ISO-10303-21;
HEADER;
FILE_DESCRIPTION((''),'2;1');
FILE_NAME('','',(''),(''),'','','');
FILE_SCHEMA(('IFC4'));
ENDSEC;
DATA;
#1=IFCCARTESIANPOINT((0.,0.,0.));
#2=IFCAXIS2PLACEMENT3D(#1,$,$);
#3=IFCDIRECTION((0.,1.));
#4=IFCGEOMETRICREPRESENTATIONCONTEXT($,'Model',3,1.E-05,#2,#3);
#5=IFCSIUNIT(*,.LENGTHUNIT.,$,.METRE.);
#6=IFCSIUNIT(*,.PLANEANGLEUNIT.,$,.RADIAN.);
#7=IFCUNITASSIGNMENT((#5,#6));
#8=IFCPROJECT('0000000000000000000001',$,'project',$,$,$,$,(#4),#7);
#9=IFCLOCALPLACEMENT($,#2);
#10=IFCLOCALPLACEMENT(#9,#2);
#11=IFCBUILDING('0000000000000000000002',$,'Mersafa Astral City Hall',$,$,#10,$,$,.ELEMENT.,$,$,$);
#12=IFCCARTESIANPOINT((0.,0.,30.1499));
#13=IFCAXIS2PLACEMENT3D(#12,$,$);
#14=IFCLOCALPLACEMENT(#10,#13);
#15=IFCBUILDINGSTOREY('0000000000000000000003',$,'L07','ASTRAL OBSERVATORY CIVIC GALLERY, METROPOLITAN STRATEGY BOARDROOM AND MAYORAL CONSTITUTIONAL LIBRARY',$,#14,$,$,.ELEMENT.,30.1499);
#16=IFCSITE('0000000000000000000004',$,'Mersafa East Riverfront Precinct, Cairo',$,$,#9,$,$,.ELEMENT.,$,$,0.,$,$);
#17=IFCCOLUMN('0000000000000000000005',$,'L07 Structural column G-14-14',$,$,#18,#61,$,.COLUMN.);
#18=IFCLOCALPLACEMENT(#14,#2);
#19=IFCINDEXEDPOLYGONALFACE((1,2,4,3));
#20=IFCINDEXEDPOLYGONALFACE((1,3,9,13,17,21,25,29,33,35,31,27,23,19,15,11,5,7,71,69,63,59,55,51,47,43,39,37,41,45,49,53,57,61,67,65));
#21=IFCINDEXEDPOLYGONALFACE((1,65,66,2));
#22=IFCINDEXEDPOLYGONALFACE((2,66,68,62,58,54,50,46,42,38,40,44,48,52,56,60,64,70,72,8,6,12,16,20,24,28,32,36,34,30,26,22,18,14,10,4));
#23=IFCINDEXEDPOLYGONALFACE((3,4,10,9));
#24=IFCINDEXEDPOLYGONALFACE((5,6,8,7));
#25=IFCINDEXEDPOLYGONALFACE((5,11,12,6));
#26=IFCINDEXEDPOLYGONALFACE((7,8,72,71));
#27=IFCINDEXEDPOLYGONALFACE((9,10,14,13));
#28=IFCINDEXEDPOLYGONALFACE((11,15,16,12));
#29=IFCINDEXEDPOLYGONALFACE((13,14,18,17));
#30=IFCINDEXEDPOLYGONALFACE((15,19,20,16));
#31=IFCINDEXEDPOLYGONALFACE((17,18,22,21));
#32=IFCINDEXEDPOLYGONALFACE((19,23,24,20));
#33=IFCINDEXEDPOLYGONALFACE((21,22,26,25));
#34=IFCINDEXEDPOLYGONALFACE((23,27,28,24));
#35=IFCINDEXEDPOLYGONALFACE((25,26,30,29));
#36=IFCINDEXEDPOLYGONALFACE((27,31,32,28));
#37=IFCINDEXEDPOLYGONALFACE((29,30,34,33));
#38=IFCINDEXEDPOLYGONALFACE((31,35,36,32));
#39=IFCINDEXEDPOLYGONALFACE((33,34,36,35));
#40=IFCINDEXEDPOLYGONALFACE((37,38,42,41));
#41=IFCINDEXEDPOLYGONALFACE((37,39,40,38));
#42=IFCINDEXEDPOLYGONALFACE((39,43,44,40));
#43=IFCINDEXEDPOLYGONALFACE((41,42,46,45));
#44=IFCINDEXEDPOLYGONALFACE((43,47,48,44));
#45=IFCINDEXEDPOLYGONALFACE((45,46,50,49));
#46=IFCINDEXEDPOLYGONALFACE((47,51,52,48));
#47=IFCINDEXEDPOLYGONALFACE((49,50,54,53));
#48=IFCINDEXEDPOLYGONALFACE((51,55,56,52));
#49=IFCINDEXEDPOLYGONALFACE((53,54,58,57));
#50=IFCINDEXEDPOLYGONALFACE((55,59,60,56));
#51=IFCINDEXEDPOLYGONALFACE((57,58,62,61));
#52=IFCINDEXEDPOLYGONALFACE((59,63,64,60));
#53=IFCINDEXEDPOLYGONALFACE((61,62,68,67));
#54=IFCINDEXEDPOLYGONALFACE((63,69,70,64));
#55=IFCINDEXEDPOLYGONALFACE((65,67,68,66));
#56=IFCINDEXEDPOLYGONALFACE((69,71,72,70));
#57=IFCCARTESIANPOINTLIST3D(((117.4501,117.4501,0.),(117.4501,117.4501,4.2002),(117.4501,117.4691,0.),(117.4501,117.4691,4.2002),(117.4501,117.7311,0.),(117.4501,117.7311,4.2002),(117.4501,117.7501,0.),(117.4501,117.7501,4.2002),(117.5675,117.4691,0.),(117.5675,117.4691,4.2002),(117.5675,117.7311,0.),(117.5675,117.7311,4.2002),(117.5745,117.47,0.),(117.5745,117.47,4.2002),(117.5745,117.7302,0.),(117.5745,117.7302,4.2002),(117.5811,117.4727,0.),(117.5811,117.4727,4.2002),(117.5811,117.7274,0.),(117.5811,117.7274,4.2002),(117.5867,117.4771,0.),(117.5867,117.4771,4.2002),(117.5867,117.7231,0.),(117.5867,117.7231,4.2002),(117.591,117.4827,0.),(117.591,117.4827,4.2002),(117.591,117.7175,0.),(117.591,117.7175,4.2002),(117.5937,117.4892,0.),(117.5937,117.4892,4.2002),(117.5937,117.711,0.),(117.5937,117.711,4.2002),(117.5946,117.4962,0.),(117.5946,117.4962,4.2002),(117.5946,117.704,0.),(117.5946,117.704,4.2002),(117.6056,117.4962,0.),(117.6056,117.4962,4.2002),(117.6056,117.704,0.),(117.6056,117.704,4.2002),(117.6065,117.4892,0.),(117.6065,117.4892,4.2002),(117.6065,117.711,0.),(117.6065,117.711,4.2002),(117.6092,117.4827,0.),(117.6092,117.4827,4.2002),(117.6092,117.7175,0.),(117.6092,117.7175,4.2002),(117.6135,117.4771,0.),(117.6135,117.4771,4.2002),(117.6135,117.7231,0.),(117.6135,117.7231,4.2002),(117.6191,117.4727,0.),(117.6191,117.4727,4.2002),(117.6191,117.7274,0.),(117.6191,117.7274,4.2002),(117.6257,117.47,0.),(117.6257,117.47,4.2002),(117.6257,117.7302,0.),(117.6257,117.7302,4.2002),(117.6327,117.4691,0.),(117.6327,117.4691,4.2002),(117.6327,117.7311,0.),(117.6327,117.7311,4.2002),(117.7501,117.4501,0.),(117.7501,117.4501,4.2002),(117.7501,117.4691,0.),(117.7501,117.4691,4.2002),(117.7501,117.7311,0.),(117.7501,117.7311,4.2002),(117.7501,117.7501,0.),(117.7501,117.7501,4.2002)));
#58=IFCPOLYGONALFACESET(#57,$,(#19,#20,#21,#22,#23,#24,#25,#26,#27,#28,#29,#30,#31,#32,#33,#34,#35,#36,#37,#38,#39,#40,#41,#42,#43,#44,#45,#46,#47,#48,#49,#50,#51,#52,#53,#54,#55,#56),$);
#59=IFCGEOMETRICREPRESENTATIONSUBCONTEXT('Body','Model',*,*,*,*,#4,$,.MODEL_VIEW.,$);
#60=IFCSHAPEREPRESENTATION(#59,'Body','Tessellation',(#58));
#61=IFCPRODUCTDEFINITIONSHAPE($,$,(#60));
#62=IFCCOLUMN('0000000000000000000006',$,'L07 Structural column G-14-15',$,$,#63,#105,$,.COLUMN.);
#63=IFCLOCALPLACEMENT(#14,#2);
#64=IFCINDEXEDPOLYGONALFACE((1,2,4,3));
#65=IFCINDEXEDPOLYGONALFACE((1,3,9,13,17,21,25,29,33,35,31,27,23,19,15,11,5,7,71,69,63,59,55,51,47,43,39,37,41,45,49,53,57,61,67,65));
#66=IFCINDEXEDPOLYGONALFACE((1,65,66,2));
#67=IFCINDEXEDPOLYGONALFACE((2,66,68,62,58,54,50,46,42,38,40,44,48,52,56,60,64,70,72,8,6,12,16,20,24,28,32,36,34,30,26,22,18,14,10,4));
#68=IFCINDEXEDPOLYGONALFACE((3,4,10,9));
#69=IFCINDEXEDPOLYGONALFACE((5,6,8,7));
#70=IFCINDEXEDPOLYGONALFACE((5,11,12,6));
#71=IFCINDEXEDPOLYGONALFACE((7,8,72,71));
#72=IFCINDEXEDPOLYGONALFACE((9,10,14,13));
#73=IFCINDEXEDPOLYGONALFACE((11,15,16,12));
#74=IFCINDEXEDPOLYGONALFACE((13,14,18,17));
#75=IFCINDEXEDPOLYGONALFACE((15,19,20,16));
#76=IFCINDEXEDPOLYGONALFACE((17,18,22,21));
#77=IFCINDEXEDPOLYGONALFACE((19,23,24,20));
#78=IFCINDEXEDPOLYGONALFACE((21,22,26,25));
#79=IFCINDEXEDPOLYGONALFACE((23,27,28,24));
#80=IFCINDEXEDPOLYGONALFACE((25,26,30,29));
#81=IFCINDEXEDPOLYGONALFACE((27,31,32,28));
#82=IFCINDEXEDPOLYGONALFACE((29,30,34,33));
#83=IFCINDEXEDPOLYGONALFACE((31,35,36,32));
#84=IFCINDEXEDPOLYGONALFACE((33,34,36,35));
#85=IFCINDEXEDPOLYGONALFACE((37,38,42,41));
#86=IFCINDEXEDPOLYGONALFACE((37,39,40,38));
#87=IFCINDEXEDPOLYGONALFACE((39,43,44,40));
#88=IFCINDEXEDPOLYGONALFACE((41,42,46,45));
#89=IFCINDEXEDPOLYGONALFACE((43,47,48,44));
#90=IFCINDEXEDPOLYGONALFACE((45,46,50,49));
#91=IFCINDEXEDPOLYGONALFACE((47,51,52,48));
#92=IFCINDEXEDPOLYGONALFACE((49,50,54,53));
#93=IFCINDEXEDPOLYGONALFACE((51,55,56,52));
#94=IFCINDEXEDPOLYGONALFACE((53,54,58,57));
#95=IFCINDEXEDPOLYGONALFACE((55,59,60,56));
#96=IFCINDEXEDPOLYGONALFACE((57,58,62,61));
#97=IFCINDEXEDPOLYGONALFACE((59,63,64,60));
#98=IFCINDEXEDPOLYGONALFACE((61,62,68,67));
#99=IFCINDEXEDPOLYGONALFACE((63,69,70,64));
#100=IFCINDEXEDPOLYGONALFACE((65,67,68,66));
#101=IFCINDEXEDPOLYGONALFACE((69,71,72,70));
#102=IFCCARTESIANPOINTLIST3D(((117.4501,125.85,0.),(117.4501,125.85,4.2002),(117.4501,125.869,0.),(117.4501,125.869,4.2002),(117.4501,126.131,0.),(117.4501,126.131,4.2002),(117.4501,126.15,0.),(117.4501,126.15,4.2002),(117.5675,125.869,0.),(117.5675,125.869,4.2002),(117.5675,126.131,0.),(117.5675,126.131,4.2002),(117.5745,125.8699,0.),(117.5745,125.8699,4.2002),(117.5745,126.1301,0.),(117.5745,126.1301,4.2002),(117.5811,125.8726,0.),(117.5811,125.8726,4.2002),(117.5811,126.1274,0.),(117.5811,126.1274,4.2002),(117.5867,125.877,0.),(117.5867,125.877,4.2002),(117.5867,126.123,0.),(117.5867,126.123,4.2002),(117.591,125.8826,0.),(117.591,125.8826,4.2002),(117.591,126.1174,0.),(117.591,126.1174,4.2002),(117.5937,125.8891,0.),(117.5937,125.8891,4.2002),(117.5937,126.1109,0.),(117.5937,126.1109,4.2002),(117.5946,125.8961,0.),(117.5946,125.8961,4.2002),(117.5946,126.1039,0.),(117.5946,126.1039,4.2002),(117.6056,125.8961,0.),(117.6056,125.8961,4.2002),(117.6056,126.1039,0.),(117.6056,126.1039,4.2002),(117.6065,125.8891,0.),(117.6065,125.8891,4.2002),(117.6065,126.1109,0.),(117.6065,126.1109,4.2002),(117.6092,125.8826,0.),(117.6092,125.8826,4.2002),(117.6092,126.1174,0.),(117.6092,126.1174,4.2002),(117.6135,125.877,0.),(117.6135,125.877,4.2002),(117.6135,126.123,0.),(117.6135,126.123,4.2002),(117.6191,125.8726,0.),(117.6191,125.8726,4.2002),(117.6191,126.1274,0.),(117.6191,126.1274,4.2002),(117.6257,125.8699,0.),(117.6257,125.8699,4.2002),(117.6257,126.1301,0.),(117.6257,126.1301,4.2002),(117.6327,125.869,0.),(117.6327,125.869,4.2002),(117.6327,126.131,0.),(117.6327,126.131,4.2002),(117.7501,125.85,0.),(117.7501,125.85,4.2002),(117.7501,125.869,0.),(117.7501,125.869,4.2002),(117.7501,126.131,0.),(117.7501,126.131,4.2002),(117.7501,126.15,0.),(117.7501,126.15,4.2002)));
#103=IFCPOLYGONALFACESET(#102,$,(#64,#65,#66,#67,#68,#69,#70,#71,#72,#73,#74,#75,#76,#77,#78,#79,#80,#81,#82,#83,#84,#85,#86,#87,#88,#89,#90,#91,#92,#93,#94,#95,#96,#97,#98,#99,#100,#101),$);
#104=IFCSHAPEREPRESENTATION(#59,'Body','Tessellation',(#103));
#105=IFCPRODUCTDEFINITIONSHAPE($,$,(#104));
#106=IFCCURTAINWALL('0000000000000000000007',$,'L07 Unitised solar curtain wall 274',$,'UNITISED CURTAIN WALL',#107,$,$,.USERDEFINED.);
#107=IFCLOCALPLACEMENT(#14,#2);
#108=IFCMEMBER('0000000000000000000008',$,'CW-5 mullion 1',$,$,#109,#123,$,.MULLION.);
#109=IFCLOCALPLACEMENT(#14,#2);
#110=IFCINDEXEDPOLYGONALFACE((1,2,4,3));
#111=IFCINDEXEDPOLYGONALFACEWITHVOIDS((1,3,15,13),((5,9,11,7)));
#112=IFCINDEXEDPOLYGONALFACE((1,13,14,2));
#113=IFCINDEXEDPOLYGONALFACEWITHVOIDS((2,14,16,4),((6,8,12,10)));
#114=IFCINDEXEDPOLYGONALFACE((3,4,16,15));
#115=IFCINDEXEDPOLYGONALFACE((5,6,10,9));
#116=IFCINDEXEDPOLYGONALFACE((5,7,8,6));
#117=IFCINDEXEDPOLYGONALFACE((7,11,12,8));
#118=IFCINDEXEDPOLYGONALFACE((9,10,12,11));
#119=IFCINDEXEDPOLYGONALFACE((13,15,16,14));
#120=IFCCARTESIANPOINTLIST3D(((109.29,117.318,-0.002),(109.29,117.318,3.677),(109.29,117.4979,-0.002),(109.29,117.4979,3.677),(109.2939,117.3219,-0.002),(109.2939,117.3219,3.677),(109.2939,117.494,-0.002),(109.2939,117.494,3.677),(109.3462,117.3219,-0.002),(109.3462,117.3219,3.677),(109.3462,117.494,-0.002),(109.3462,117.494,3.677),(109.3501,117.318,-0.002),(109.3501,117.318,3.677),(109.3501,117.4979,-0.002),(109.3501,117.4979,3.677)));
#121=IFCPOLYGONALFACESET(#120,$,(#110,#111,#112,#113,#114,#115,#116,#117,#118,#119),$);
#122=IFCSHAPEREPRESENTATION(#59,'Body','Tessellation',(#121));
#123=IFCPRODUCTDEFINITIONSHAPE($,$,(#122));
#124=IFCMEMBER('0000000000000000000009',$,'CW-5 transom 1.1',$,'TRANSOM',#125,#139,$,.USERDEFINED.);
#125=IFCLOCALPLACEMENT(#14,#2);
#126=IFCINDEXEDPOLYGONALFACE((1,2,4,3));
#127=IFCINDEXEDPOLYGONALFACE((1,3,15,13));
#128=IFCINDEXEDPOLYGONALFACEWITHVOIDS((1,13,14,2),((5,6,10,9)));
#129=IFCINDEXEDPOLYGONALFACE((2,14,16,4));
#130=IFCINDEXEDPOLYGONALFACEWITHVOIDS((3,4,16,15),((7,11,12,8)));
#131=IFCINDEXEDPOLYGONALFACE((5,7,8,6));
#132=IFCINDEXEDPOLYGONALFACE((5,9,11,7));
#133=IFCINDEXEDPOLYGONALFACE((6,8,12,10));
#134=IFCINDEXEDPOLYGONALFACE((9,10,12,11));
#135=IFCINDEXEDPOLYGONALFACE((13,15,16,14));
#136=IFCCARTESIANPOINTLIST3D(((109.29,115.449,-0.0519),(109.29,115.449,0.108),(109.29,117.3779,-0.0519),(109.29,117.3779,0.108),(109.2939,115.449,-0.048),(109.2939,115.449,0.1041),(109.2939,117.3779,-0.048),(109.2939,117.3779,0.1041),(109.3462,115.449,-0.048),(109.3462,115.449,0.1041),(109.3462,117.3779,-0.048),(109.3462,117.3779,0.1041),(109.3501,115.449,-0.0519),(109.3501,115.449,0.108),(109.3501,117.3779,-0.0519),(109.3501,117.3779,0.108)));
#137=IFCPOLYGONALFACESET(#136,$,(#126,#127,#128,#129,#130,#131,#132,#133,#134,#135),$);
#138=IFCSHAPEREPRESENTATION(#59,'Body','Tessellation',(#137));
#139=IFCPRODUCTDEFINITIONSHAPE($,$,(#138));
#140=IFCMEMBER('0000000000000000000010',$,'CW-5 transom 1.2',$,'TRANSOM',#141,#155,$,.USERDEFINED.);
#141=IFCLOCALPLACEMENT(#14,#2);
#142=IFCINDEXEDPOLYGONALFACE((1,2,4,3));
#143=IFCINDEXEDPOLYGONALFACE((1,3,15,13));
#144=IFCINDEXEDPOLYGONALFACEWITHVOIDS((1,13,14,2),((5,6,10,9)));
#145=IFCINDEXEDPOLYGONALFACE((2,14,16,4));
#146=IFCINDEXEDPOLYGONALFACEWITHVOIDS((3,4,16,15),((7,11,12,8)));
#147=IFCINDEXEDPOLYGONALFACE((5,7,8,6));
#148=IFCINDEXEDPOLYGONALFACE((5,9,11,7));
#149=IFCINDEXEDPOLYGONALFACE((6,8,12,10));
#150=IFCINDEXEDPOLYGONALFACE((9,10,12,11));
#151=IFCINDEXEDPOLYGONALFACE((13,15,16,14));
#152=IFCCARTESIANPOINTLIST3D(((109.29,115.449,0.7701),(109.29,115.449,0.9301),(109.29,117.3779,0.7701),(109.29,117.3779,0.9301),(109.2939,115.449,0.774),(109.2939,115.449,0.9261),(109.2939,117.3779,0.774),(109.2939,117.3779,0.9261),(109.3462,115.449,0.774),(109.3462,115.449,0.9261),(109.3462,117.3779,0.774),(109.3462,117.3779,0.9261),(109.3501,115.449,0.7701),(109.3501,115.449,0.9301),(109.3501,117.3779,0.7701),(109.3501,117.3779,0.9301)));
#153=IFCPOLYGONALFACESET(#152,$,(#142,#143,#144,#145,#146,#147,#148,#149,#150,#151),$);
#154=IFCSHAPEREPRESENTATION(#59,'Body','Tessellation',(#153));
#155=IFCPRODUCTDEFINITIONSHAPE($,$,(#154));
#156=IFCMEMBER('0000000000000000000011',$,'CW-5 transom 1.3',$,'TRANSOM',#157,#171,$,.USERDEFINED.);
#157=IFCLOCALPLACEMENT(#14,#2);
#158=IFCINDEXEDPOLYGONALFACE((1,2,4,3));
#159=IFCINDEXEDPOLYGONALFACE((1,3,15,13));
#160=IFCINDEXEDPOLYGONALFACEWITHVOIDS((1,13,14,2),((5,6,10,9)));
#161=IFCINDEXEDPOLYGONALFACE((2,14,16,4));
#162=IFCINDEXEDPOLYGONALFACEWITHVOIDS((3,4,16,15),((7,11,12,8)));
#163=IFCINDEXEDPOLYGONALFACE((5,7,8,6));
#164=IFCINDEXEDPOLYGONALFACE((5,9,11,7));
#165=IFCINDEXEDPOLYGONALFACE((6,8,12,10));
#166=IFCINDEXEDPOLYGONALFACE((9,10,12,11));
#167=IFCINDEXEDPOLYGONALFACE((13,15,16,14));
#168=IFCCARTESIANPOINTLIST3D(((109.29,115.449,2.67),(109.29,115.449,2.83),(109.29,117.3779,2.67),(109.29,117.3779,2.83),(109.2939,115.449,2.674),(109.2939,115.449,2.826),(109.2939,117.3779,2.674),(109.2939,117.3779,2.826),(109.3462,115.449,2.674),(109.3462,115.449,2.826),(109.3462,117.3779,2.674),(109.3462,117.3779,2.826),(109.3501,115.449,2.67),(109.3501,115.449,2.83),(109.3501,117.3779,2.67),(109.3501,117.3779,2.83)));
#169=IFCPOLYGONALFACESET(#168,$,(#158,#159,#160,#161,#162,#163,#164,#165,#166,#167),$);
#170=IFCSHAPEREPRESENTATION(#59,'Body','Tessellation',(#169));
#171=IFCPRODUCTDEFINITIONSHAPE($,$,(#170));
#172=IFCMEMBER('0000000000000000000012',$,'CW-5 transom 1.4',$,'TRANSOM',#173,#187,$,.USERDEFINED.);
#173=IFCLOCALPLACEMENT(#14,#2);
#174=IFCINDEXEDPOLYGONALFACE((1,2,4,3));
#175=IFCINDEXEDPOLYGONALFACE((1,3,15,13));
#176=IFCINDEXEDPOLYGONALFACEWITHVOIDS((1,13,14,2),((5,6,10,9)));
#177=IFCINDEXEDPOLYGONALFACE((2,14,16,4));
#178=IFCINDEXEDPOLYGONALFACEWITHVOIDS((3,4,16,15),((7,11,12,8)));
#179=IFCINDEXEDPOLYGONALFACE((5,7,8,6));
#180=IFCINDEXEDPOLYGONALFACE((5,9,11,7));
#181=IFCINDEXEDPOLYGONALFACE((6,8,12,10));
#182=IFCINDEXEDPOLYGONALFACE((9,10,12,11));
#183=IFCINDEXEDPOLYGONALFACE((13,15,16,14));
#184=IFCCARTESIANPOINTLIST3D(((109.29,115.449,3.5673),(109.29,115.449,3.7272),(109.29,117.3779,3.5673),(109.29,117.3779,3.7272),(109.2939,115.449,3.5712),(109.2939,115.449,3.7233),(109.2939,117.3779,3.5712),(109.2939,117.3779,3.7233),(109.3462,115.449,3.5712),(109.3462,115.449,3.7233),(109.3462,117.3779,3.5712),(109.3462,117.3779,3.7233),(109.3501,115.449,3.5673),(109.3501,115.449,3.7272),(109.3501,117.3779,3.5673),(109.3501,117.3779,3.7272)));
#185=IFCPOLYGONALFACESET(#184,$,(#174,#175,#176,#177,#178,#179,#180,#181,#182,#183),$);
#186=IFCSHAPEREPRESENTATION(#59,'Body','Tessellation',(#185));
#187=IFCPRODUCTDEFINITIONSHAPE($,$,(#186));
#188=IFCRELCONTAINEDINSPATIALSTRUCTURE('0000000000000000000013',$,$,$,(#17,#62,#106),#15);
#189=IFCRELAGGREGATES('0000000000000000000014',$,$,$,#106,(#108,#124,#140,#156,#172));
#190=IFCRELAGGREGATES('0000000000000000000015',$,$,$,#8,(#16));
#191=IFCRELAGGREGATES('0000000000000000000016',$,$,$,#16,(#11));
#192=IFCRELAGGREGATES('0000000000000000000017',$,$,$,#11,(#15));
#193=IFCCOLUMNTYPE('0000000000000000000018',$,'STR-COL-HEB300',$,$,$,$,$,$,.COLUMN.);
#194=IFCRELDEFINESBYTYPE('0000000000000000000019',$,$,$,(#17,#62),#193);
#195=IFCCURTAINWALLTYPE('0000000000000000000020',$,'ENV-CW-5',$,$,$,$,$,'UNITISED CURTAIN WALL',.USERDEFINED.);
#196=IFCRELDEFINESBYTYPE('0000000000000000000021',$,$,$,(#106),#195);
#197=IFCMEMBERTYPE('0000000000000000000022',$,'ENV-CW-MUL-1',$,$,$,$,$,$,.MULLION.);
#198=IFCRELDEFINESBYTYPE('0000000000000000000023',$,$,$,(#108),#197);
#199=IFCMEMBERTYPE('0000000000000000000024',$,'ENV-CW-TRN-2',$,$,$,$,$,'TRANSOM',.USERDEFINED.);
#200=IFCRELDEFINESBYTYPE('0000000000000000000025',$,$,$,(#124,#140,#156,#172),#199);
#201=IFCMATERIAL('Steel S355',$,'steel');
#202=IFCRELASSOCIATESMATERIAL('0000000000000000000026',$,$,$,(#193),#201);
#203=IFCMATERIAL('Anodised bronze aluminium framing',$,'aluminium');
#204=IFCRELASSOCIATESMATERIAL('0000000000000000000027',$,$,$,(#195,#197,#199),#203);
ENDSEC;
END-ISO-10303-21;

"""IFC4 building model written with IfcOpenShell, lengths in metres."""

from ifc_helpers import new_model, si_unit, direction, frame, origin, origin_2d, place, context, subcontext, project, spatial, hollow_rectangle, i_section, extrude, material, material_profile, profile_set, type_object, element, aggregate, save


model = new_model("IFC4")

# Units and contexts
model_context = context("Model", 3, precision=1e-05, world=origin(), true_north=direction((0.0, 1.0)))
body_context = subcontext(model_context, "Body", "Model", "MODEL_VIEW")
ifc_project = project(units=[si_unit("LENGTHUNIT", "METRE"), si_unit("PLANEANGLEUNIT", "RADIAN")], contexts=[model_context])

# Site, building, storey
site_placement = place(None, origin())
site = spatial("IfcSite", under=ifc_project, at=site_placement, Name="Mersafa East Riverfront Precinct, Cairo", CompositionType="ELEMENT", RefElevation=0.0)
building_placement = place(site_placement, origin())
building = spatial("IfcBuilding", under=site, at=building_placement, Name="Mersafa Astral City Hall", CompositionType="ELEMENT")
storey_placement = place(building_placement, frame((0.0, 0.0, 30.1499)))
storey = spatial("IfcBuildingStorey", under=building, at=storey_placement, Name="L07", Description="ASTRAL OBSERVATORY CIVIC GALLERY, METROPOLITAN STRATEGY BOARDROOM AND MAYORAL CONSTITUTIONAL LIBRARY", CompositionType="ELEMENT", Elevation=30.1499)

# Columns
ifc_material_1 = material(Name="Steel S355", Category="steel")
ifc_material_profile_1 = material_profile(ifc_material_1, i_section(OverallWidth=0.3, OverallDepth=0.3, WebThickness=0.011, FlangeThickness=0.019, FilletRadius=0.0271, at=origin_2d()), Name="HEB 300")
ifc_profile_set_1 = profile_set([ifc_material_profile_1], Name="Steel S355")
column_type = type_object("IfcColumnType", Name="STR-COL-HEB300", PredefinedType="COLUMN", material=ifc_profile_set_1)
for number, where, z_axis, x_axis, name in (
    (1, (117.6001, 117.6001, 0.0), (0.0, 0.0, 1.0), (1.0, 0.0, 0.0), "L07 Structural column G-14-14"),
    (2, (117.6001, 126.0, 0.0), (0.0, 0.0, 1.0), (1.0, 0.0, 0.0), "L07 Structural column G-14-15"),
):
    element("IfcColumn", number, at=place(storey_placement, frame(where, z_axis=z_axis, x_axis=x_axis)), inside=storey, type_object=column_type, Name=name, PredefinedType="COLUMN", context=body_context, shape_type="SweptSolid", body=[
        extrude(i_section(OverallWidth=0.3, OverallDepth=0.3, WebThickness=0.011, FlangeThickness=0.019, FilletRadius=0.0271, at=origin_2d()), origin(), (0.0, 0.0, 1.0), 4.2002),
    ])

# Curtain wall, members
ifc_material_2 = material(Name="Anodised bronze aluminium framing", Category="aluminium")
curtain_wall_type = type_object("IfcCurtainWallType", Name="ENV-CW-5", ElementType="UNITISED CURTAIN WALL", PredefinedType="USERDEFINED", material=ifc_material_2)
curtain_wall_placement = place(storey_placement, origin())
curtain_wall = element("IfcCurtainWall", 3, at=curtain_wall_placement, inside=storey, type_object=curtain_wall_type, Name="L07 Unitised solar curtain wall 274", ObjectType="UNITISED CURTAIN WALL", PredefinedType="USERDEFINED")
ifc_material_profile_2 = material_profile(ifc_material_2, hollow_rectangle(XDim=0.0601, YDim=0.1799, WallThickness=0.0039, at=origin_2d()), Name="RHS 60x180x4")
ifc_profile_set_2 = profile_set([ifc_material_profile_2], Name="Anodised bronze aluminium framing")
member_type_1 = type_object("IfcMemberType", Name="ENV-CW-MUL-1", PredefinedType="MULLION", material=ifc_profile_set_2)
member_1_placement = place(storey_placement, frame((109.3201, 117.408, -0.002), z_axis=(0.0, 0.0, 1.0), x_axis=(1.0, 0.0, 0.0)))
member_1 = element("IfcMember", 4, at=member_1_placement, type_object=member_type_1, Name="CW-5 mullion 1", PredefinedType="MULLION", context=body_context, shape_type="SweptSolid", body=[
    extrude(hollow_rectangle(XDim=0.0601, YDim=0.1799, WallThickness=0.0039, at=origin_2d()), origin(), (0.0, 0.0, 1.0), 3.679),
])
ifc_material_profile_3 = material_profile(ifc_material_2, hollow_rectangle(XDim=0.0601, YDim=0.1599, WallThickness=0.0039, at=origin_2d()), Name="RHS 60x160x4")
ifc_profile_set_3 = profile_set([ifc_material_profile_3], Name="Anodised bronze aluminium framing")
member_type_2 = type_object("IfcMemberType", Name="ENV-CW-TRN-2", ElementType="TRANSOM", PredefinedType="USERDEFINED", material=ifc_profile_set_3)
member_2_placement = place(storey_placement, frame((109.3201, 117.3779, 0.0281), z_axis=(0.0, -1.0, 0.0), x_axis=(1.0, 0.0, 0.0)))
member_2 = element("IfcMember", 5, at=member_2_placement, type_object=member_type_2, Name="CW-5 transom 1.1", ObjectType="TRANSOM", PredefinedType="USERDEFINED", context=body_context, shape_type="SweptSolid", body=[
    extrude(hollow_rectangle(XDim=0.0601, YDim=0.1599, WallThickness=0.0039, at=origin_2d()), origin(), (0.0, 0.0, 1.0), 1.929),
])
member_3_placement = place(storey_placement, frame((109.3201, 117.3779, 0.8501), z_axis=(0.0, -1.0, 0.0), x_axis=(1.0, 0.0, 0.0)))
member_3 = element("IfcMember", 6, at=member_3_placement, type_object=member_type_2, Name="CW-5 transom 1.2", ObjectType="TRANSOM", PredefinedType="USERDEFINED", context=body_context, shape_type="SweptSolid", body=[
    extrude(hollow_rectangle(XDim=0.0601, YDim=0.1599, WallThickness=0.0039, at=origin_2d()), origin(), (0.0, 0.0, 1.0), 1.929),
])
member_4_placement = place(storey_placement, frame((109.3201, 117.3779, 2.75), z_axis=(0.0, -1.0, 0.0), x_axis=(1.0, 0.0, 0.0)))
member_4 = element("IfcMember", 7, at=member_4_placement, type_object=member_type_2, Name="CW-5 transom 1.3", ObjectType="TRANSOM", PredefinedType="USERDEFINED", context=body_context, shape_type="SweptSolid", body=[
    extrude(hollow_rectangle(XDim=0.0601, YDim=0.1599, WallThickness=0.0039, at=origin_2d()), origin(), (0.0, 0.0, 1.0), 1.929),
])
member_5_placement = place(storey_placement, frame((109.3201, 117.3779, 3.6472), z_axis=(0.0, -1.0, 0.0), x_axis=(1.0, 0.0, 0.0)))
member_5 = element("IfcMember", 8, at=member_5_placement, type_object=member_type_2, Name="CW-5 transom 1.4", ObjectType="TRANSOM", PredefinedType="USERDEFINED", context=body_context, shape_type="SweptSolid", body=[
    extrude(hollow_rectangle(XDim=0.0601, YDim=0.1599, WallThickness=0.0039, at=origin_2d()), origin(), (0.0, 0.0, 1.0), 1.929),
])

aggregate(curtain_wall, [member_1, member_2, member_3, member_4, member_5])

save(model, "model.ifc")
